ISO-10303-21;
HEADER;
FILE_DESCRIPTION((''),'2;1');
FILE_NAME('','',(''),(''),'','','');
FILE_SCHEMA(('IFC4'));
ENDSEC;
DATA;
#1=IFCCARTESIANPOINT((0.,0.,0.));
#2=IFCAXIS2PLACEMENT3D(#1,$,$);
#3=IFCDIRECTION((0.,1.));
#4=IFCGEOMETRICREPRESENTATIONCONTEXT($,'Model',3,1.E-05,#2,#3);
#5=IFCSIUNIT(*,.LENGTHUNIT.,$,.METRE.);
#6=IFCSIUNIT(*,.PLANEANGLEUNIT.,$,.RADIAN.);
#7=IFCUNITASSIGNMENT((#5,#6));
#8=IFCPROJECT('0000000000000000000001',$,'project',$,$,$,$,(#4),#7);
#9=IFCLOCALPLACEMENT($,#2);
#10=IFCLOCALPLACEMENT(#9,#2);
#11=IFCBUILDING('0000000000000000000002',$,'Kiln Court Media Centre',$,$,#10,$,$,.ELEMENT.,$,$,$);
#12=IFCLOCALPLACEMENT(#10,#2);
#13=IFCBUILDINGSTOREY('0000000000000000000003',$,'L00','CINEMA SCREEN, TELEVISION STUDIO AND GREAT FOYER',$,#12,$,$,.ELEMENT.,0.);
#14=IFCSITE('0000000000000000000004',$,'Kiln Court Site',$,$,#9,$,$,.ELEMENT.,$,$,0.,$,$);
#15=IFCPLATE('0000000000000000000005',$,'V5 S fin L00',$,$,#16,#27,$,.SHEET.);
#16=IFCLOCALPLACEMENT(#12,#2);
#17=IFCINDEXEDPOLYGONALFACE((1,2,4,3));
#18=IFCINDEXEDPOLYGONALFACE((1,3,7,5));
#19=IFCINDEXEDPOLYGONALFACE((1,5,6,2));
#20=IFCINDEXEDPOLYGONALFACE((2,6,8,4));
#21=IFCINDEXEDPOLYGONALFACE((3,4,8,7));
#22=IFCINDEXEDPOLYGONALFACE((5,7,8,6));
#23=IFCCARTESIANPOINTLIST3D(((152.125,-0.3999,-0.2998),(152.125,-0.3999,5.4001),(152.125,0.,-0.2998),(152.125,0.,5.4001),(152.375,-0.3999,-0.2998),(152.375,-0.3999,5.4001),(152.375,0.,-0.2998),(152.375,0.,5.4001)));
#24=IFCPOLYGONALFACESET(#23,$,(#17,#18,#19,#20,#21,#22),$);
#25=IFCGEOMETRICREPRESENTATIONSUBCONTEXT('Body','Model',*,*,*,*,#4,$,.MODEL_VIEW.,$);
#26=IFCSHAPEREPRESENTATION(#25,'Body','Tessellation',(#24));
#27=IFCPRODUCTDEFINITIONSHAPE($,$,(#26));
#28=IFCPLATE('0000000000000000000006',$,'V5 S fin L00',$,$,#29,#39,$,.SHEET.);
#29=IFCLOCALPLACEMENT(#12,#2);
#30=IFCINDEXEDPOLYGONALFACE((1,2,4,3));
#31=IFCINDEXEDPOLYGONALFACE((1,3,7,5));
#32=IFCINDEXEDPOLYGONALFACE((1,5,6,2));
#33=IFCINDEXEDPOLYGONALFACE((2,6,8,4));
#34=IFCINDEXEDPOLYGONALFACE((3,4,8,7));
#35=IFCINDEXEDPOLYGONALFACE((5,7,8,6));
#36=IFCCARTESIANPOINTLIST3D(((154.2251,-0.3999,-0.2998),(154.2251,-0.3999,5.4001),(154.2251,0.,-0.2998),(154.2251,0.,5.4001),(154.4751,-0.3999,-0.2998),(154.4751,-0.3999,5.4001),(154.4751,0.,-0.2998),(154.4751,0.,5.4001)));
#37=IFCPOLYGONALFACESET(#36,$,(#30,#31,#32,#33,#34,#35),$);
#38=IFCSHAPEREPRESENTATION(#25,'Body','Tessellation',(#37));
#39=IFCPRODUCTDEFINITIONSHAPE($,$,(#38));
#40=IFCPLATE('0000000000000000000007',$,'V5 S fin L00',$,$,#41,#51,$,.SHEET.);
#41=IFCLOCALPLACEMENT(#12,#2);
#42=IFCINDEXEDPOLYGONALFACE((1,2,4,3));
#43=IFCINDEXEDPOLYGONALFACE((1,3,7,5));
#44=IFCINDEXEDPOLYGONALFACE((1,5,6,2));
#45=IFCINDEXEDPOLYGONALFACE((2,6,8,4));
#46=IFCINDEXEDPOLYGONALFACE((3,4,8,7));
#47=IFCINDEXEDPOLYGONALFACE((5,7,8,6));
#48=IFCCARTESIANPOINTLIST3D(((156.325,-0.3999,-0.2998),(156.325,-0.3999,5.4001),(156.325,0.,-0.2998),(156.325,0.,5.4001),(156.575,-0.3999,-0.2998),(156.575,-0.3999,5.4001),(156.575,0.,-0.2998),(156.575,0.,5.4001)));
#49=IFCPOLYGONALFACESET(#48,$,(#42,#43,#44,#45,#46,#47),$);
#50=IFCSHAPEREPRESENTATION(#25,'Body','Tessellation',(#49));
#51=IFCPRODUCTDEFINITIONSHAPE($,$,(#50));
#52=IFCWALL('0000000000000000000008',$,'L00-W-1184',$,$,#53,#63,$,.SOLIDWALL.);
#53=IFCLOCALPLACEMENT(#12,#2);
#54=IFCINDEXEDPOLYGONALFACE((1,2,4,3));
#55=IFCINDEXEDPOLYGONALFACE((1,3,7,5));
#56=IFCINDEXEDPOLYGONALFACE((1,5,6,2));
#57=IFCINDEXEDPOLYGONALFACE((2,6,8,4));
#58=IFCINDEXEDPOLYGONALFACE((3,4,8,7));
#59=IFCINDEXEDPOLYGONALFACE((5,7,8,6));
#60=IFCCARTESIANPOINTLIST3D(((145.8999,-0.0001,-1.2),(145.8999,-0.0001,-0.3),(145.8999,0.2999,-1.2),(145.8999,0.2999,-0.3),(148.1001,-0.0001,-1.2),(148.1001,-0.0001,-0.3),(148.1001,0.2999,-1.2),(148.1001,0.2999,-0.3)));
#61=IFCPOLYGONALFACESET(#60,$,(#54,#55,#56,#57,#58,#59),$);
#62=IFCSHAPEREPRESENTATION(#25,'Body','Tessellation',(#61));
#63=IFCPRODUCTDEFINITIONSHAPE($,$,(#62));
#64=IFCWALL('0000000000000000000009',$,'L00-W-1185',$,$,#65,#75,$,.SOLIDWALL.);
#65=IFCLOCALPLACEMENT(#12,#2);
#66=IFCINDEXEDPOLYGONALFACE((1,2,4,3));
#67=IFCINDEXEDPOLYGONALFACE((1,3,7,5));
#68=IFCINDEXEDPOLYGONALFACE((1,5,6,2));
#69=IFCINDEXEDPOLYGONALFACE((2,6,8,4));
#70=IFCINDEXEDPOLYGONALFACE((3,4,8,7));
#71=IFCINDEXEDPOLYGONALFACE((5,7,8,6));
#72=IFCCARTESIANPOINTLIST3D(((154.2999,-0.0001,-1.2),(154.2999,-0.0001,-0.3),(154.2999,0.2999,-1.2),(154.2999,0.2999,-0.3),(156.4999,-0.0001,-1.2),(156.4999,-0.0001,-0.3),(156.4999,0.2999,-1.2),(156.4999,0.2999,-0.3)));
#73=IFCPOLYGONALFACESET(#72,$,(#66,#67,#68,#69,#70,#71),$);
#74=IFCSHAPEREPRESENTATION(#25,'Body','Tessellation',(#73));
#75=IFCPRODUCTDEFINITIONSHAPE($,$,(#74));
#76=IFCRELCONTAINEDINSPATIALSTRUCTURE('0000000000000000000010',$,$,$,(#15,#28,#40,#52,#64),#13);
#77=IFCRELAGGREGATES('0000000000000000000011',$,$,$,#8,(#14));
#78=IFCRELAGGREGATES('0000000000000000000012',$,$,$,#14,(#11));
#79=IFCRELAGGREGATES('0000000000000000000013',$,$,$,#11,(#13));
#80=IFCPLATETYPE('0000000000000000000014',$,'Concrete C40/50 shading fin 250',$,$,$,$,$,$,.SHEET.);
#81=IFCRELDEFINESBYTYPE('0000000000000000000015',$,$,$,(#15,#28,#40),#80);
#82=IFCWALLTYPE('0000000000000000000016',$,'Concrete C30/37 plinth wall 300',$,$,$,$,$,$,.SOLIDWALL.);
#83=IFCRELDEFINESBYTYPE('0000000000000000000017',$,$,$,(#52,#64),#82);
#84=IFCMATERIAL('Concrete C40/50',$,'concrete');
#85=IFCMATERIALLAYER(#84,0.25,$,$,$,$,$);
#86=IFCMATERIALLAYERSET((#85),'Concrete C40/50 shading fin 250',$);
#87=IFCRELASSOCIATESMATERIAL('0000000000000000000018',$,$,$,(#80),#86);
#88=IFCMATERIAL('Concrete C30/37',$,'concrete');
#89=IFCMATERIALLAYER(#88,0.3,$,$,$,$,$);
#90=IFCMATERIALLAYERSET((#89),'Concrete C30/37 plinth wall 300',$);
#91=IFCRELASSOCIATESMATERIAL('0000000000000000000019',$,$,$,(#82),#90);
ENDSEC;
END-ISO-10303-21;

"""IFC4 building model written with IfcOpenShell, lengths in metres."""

from ifc_helpers import new_model, si_unit, direction, frame, frame_2d, origin, origin_2d, place, context, subcontext, project, spatial, rectangle, extrude, material, layer, layer_set, type_object, element, save


model = new_model("IFC4")

# Units and contexts
model_context = context("Model", 3, precision=1e-05, world=origin(), true_north=direction((0.0, 1.0)))
body_context = subcontext(model_context, "Body", "Model", "MODEL_VIEW")
ifc_project = project(units=[si_unit("LENGTHUNIT", "METRE"), si_unit("PLANEANGLEUNIT", "RADIAN")], contexts=[model_context])

# Site, building, storey
site_placement = place(None, origin())
site = spatial("IfcSite", under=ifc_project, at=site_placement, Name="Kiln Court Site", CompositionType="ELEMENT", RefElevation=0.0)
building_placement = place(site_placement, origin())
building = spatial("IfcBuilding", under=site, at=building_placement, Name="Kiln Court Media Centre", CompositionType="ELEMENT")
storey_placement = place(building_placement, origin())
storey = spatial("IfcBuildingStorey", under=building, at=storey_placement, Name="L00", Description="CINEMA SCREEN, TELEVISION STUDIO AND GREAT FOYER", CompositionType="ELEMENT", Elevation=0.0)

# Plates
ifc_material_1 = material(Name="Concrete C40/50", Category="concrete")
ifc_layer_1 = layer(ifc_material_1, 0.25)
ifc_layer_set_1 = layer_set([ifc_layer_1], Name="Concrete C40/50 shading fin 250")
plate_type = type_object("IfcPlateType", Name="Concrete C40/50 shading fin 250", PredefinedType="SHEET", material=ifc_layer_set_1)
for number, where, z_axis, x_axis, name in (
    (1, (152.25, -0.2, -0.2998), (0.0, 0.0, 1.0), (1.0, 0.0, 0.0), "V5 S fin L00"),
    (2, (154.3501, -0.2, -0.2998), (0.0, 0.0, 1.0), (1.0, 0.0, 0.0), "V5 S fin L00"),
    (3, (156.45, -0.2, -0.2998), (0.0, 0.0, 1.0), (1.0, 0.0, 0.0), "V5 S fin L00"),
):
    element("IfcPlate", number, at=place(storey_placement, frame(where, z_axis=z_axis, x_axis=x_axis)), inside=storey, type_object=plate_type, Name=name, PredefinedType="SHEET", context=body_context, shape_type="SweptSolid", body=[
        extrude(rectangle(XDim=0.25, YDim=0.3999, at=origin_2d()), origin(), (0.0, 0.0, 1.0), 5.7),
    ])

# Walls
ifc_material_2 = material(Name="Concrete C30/37", Category="concrete")
ifc_layer_2 = layer(ifc_material_2, 0.3)
ifc_layer_set_2 = layer_set([ifc_layer_2], Name="Concrete C30/37 plinth wall 300")
wall_type = type_object("IfcWallType", Name="Concrete C30/37 plinth wall 300", PredefinedType="SOLIDWALL", material=ifc_layer_set_2)
wall_1_placement = place(storey_placement, frame((148.1001, 0.1499, -1.2), z_axis=(0.0, 0.0, 1.0), x_axis=(-1.0, 0.0, 0.0)))
element("IfcWall", 4, at=wall_1_placement, inside=storey, type_object=wall_type, Name="L00-W-1184", PredefinedType="SOLIDWALL", context=body_context, shape_type="SweptSolid", body=[
    extrude(rectangle(XDim=2.2002, YDim=0.3, at=frame_2d((1.1001, 0.0))), origin(), (0.0, 0.0, 1.0), 0.8999),
])
wall_2_placement = place(storey_placement, frame((156.5, 0.1499, -1.2), z_axis=(0.0, 0.0, 1.0), x_axis=(-1.0, 0.0, 0.0)))
element("IfcWall", 5, at=wall_2_placement, inside=storey, type_object=wall_type, Name="L00-W-1185", PredefinedType="SOLIDWALL", context=body_context, shape_type="SweptSolid", body=[
    extrude(rectangle(XDim=2.2, YDim=0.3, at=frame_2d((1.1001, 0.0))), origin(), (0.0, 0.0, 1.0), 0.8999),
])

save(model, "model.ifc")
